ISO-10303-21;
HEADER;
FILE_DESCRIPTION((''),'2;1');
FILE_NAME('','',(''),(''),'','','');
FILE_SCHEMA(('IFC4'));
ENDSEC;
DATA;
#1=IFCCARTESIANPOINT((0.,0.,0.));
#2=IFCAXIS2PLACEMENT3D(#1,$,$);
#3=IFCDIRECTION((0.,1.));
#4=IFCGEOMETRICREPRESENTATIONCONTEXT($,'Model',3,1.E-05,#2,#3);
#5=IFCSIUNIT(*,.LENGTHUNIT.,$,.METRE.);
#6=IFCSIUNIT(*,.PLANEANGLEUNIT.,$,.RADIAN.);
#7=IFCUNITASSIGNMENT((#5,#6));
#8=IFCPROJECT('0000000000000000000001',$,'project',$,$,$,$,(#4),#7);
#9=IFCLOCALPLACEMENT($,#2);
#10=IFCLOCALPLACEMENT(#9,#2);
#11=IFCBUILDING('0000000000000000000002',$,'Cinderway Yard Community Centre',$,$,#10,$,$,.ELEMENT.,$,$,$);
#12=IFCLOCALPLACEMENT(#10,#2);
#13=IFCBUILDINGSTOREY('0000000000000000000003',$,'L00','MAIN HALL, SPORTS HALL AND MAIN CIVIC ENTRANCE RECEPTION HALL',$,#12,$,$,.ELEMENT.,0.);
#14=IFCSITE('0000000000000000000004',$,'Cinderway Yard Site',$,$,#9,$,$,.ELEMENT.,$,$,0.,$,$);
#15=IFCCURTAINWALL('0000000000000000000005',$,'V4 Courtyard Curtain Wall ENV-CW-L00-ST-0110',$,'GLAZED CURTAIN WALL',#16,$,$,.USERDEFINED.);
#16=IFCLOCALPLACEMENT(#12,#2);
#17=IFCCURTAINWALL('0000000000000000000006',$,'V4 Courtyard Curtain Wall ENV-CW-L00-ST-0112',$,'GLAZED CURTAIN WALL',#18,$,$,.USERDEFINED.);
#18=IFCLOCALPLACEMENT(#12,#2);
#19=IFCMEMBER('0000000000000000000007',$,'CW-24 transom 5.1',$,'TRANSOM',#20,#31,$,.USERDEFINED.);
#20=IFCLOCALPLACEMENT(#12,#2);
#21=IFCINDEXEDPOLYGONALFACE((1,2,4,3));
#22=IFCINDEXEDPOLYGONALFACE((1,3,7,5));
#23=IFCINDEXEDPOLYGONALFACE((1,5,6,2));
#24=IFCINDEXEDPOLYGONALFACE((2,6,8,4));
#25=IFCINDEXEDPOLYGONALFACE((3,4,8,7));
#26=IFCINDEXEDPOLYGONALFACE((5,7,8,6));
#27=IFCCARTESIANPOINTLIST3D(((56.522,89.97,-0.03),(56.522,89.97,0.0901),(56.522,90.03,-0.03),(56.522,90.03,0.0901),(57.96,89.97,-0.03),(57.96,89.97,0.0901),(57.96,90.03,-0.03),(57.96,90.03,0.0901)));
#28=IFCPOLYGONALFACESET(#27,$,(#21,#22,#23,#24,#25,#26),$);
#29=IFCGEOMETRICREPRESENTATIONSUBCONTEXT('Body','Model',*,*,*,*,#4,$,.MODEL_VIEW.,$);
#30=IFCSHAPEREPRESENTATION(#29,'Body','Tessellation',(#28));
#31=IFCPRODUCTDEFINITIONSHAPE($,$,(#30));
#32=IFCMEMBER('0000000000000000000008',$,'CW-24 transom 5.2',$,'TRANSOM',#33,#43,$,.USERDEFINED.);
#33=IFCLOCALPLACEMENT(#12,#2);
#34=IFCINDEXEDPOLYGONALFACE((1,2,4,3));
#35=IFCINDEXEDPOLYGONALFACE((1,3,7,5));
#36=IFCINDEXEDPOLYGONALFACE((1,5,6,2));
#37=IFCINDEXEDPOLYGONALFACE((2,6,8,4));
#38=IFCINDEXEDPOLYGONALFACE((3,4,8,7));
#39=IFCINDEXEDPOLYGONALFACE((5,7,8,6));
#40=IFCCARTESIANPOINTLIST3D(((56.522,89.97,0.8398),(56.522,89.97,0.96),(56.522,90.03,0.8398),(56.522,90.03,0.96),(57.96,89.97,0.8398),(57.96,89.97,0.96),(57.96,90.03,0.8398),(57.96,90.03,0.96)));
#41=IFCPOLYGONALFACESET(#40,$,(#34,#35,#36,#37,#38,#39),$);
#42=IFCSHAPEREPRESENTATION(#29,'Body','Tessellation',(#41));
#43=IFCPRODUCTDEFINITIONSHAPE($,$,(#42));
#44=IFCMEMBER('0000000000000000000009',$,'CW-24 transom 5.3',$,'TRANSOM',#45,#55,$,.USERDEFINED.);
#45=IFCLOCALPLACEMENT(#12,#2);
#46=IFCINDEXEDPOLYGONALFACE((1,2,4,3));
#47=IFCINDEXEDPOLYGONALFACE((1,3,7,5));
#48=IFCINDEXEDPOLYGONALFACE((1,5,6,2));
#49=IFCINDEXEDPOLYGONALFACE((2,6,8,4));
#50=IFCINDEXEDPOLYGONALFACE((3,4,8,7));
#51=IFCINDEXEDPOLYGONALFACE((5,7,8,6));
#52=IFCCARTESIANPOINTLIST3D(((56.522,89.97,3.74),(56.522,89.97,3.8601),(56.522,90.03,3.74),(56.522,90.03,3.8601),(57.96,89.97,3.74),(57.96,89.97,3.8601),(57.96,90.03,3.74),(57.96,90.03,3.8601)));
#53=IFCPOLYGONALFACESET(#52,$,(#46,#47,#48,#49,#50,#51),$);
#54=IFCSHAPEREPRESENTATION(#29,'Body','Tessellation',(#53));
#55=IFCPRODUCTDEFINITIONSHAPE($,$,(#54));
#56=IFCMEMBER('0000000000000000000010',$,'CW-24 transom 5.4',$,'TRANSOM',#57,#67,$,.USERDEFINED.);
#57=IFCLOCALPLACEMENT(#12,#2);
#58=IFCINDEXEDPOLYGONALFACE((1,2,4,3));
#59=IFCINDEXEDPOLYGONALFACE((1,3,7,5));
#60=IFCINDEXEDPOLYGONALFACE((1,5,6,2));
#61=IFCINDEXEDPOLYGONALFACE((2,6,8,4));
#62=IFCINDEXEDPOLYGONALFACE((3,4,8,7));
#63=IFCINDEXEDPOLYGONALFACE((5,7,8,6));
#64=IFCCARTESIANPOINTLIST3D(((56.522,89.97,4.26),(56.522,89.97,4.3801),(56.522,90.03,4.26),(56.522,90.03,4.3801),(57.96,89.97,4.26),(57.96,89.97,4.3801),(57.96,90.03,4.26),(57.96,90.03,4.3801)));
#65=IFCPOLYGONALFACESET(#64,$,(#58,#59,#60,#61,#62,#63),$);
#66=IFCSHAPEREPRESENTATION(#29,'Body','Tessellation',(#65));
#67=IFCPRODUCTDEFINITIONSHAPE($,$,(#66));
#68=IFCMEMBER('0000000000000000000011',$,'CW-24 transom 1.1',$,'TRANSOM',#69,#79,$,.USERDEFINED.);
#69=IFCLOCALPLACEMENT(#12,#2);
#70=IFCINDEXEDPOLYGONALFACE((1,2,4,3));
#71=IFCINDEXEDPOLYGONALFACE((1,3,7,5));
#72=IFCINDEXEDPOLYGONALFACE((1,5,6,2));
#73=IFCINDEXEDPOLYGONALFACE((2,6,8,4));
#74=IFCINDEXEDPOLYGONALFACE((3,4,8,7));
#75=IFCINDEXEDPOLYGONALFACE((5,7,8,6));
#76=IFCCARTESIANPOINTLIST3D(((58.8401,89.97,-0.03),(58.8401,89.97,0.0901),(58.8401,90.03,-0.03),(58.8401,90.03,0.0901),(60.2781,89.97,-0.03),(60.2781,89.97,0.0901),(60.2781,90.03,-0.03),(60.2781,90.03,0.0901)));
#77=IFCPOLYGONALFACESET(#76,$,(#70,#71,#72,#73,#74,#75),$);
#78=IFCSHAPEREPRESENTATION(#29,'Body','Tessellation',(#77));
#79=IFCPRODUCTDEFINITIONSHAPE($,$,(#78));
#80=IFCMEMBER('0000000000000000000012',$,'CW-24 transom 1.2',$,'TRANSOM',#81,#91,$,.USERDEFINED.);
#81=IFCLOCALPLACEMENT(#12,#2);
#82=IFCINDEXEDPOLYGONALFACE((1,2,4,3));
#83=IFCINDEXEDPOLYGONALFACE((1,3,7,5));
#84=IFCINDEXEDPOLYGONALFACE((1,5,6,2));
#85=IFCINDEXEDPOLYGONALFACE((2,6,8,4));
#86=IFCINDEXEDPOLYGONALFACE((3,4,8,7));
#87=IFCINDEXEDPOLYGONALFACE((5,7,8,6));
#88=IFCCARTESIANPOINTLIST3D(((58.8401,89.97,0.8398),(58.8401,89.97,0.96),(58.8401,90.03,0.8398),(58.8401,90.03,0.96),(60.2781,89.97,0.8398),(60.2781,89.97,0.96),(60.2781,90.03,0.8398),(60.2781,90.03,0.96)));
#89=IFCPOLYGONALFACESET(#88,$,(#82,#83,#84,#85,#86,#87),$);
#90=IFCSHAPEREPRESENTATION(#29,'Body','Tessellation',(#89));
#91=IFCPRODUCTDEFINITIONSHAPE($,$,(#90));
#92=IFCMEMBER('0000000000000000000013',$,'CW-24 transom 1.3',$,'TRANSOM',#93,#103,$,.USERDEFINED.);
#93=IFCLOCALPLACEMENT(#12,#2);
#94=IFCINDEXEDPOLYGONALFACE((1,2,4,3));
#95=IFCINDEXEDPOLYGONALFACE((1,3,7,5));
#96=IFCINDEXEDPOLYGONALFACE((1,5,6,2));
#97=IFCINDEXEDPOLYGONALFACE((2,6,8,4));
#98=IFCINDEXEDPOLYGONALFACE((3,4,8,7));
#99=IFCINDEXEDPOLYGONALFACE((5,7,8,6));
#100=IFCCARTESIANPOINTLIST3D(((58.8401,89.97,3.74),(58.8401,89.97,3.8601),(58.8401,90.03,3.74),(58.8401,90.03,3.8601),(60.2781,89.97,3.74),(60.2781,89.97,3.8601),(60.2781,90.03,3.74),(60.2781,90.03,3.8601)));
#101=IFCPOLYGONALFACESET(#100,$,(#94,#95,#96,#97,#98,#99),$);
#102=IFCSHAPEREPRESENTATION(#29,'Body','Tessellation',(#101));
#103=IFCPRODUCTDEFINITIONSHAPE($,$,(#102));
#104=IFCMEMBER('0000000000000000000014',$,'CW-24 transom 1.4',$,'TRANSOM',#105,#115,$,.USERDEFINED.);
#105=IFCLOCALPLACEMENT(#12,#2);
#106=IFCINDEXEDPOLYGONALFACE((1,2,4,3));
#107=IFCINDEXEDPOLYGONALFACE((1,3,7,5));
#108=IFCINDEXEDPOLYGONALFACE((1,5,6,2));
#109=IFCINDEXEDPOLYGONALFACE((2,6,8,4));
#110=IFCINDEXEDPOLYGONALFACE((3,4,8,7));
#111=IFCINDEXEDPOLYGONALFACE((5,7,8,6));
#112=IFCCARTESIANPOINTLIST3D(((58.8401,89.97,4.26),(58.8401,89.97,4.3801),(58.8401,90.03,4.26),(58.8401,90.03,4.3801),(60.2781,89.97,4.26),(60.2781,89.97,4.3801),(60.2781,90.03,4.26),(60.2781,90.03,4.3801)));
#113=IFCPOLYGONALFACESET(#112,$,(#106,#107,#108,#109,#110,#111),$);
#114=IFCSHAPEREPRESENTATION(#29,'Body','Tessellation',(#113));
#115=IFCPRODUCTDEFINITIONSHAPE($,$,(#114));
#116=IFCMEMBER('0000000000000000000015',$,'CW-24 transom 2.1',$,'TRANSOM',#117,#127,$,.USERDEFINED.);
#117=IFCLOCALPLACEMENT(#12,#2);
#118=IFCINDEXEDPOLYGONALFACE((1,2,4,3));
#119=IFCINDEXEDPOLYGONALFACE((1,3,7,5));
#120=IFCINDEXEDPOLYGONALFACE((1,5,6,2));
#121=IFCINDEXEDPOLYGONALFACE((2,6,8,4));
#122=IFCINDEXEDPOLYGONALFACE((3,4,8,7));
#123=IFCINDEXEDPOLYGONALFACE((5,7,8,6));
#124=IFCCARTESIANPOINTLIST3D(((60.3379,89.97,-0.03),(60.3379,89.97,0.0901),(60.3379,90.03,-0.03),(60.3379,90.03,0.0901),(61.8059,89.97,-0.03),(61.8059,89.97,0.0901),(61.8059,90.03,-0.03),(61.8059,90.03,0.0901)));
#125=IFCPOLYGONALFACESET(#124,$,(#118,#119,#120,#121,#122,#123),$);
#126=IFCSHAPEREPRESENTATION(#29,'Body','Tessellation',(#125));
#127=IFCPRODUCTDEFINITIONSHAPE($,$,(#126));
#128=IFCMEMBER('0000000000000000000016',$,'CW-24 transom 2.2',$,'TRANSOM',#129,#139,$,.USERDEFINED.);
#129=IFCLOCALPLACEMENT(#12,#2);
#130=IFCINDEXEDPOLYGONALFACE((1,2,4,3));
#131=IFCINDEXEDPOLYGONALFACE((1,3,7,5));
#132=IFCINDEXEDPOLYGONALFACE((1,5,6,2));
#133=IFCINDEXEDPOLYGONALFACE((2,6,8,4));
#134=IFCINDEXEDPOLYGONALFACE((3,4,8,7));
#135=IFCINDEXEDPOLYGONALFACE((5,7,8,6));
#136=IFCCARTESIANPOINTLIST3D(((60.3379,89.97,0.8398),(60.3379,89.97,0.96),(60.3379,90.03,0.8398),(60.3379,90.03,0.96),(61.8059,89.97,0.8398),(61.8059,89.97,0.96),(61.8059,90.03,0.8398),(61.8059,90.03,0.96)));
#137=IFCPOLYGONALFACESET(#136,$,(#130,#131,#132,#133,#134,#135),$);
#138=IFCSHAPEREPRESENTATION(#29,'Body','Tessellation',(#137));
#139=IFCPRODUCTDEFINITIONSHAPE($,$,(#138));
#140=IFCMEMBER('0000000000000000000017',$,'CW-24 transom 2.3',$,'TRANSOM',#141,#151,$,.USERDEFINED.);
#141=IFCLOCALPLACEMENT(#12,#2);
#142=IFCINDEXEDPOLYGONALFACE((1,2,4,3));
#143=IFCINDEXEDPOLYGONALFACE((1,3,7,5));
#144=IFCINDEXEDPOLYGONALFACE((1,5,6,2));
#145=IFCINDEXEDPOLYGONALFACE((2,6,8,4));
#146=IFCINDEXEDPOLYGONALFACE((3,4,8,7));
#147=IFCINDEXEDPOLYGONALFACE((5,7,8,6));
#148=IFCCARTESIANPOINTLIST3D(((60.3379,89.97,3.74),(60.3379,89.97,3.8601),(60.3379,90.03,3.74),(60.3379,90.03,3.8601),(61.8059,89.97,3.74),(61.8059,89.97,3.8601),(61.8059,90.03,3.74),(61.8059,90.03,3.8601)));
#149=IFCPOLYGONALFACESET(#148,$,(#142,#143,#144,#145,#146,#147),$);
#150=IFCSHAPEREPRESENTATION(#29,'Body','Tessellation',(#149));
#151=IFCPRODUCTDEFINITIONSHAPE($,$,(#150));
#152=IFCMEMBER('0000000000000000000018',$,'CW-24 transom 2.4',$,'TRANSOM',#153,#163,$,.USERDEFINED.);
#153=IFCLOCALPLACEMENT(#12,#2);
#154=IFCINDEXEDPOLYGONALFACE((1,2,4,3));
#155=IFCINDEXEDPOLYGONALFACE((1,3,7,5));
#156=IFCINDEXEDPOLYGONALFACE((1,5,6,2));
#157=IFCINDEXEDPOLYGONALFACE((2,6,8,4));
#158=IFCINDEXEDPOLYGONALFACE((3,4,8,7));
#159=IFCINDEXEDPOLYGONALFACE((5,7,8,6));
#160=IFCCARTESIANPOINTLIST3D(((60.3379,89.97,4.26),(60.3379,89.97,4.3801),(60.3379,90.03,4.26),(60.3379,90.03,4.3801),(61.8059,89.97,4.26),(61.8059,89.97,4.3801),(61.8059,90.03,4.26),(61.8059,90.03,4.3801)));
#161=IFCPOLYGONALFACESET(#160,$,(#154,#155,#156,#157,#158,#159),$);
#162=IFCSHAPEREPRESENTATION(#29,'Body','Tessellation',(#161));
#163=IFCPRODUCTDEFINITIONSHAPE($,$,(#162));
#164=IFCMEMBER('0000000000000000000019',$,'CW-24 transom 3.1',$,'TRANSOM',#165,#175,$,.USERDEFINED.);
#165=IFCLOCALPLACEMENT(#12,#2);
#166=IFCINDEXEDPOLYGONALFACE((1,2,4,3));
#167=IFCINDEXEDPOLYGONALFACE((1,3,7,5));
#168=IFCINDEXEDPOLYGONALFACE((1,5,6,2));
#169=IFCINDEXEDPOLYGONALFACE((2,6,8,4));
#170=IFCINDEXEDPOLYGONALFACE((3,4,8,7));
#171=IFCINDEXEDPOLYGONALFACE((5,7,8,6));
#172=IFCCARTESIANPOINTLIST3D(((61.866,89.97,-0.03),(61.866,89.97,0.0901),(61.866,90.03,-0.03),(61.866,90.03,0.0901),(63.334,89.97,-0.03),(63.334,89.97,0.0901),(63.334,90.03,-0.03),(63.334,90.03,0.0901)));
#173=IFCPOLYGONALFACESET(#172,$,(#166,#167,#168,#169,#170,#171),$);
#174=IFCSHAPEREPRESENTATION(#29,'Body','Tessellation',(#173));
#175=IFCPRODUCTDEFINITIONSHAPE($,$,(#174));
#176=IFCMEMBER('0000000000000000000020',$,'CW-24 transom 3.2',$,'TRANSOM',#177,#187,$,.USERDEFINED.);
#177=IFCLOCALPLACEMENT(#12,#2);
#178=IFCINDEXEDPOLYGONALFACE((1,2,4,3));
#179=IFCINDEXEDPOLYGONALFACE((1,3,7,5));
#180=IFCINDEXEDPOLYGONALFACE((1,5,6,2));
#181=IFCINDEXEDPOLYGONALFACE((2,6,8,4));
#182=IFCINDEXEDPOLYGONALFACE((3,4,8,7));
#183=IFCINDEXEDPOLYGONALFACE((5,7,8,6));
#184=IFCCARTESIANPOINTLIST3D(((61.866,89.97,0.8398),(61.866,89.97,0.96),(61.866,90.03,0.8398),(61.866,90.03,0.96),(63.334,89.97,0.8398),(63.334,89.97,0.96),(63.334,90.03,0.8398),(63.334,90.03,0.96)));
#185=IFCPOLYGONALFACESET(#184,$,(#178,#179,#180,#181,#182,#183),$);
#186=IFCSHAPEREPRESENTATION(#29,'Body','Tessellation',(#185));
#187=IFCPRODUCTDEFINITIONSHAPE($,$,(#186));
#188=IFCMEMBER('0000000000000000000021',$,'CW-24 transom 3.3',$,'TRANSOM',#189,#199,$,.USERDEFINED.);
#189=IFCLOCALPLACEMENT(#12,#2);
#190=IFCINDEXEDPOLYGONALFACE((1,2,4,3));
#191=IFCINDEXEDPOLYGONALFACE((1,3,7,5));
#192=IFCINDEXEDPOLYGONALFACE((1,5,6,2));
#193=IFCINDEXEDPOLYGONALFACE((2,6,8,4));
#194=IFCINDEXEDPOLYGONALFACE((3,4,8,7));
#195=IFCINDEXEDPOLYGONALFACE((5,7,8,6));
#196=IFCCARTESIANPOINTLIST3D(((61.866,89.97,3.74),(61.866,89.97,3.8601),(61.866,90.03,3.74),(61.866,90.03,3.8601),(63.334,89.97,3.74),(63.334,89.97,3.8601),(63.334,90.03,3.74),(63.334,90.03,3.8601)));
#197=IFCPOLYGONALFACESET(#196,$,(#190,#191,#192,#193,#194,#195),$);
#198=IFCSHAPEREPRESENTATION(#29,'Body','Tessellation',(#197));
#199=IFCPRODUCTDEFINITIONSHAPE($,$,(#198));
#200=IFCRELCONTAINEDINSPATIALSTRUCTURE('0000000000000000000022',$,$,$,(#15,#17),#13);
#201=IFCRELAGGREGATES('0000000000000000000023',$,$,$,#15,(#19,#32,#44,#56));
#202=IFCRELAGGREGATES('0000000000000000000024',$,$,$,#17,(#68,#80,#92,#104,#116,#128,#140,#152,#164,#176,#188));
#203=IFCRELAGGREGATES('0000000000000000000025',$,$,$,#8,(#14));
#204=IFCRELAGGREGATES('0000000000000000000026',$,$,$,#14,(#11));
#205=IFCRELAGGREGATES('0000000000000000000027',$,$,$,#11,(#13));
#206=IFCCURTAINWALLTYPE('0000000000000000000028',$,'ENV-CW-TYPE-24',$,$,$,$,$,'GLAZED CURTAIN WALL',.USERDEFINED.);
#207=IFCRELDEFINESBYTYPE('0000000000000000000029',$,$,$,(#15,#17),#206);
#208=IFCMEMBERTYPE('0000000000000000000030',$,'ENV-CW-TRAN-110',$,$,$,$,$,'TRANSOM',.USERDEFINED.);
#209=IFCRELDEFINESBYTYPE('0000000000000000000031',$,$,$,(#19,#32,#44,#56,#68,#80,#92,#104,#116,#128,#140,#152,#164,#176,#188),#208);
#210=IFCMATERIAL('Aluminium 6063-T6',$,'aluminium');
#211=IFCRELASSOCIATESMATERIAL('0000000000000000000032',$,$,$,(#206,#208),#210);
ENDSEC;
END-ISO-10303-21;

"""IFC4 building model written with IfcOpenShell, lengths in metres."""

from ifc_helpers import new_model, si_unit, direction, frame, origin, origin_2d, place, context, subcontext, project, spatial, rectangle, extrude, material, material_profile, profile_set, type_object, element, aggregate, save


model = new_model("IFC4")

# Units and contexts
model_context = context("Model", 3, precision=1e-05, world=origin(), true_north=direction((0.0, 1.0)))
body_context = subcontext(model_context, "Body", "Model", "MODEL_VIEW")
ifc_project = project(units=[si_unit("LENGTHUNIT", "METRE"), si_unit("PLANEANGLEUNIT", "RADIAN")], contexts=[model_context])

# Site, building, storey
site_placement = place(None, origin())
site = spatial("IfcSite", under=ifc_project, at=site_placement, Name="Cinderway Yard Site", CompositionType="ELEMENT", RefElevation=0.0)
building_placement = place(site_placement, origin())
building = spatial("IfcBuilding", under=site, at=building_placement, Name="Cinderway Yard Community Centre", CompositionType="ELEMENT")
storey_placement = place(building_placement, origin())
storey = spatial("IfcBuildingStorey", under=building, at=storey_placement, Name="L00", Description="MAIN HALL, SPORTS HALL AND MAIN CIVIC ENTRANCE RECEPTION HALL", CompositionType="ELEMENT", Elevation=0.0)

# Curtain walls
ifc_material_1 = material(Name="Aluminium 6063-T6", Category="aluminium")
curtain_wall_type = type_object("IfcCurtainWallType", Name="ENV-CW-TYPE-24", ElementType="GLAZED CURTAIN WALL", PredefinedType="USERDEFINED", material=ifc_material_1)
curtain_wall_1_placement = place(storey_placement, origin())
curtain_wall_1 = element("IfcCurtainWall", 1, at=curtain_wall_1_placement, inside=storey, type_object=curtain_wall_type, Name="V4 Courtyard Curtain Wall ENV-CW-L00-ST-0110", ObjectType="GLAZED CURTAIN WALL", PredefinedType="USERDEFINED")
curtain_wall_2_placement = place(storey_placement, origin())
curtain_wall_2 = element("IfcCurtainWall", 2, at=curtain_wall_2_placement, inside=storey, type_object=curtain_wall_type, Name="V4 Courtyard Curtain Wall ENV-CW-L00-ST-0112", ObjectType="GLAZED CURTAIN WALL", PredefinedType="USERDEFINED")

# Members
ifc_material_profile_1 = material_profile(ifc_material_1, rectangle(XDim=0.0601, YDim=0.1201, at=origin_2d()), Name="Aluminium 6063-T6")
ifc_profile_set_1 = profile_set([ifc_material_profile_1], Name="Aluminium 6063-T6")
member_type_1 = type_object("IfcMemberType", Name="ENV-CW-TRAN-110", ElementType="TRANSOM", PredefinedType="USERDEFINED", material=ifc_profile_set_1)
member_1_placement = place(storey_placement, frame((56.522, 90.0, 0.03), z_axis=(1.0, 0.0, 0.0), x_axis=(0.0, 1.0, 0.0)))
member_1 = element("IfcMember", 3, at=member_1_placement, type_object=member_type_1, Name="CW-24 transom 5.1", ObjectType="TRANSOM", PredefinedType="USERDEFINED", context=body_context, shape_type="SweptSolid", body=[
    extrude(rectangle(XDim=0.0601, YDim=0.1201, at=origin_2d()), origin(), (0.0, 0.0, 1.0), 1.438),
])
member_2_placement = place(storey_placement, frame((56.522, 90.0, 0.8999), z_axis=(1.0, 0.0, 0.0), x_axis=(0.0, 1.0, 0.0)))
member_2 = element("IfcMember", 4, at=member_2_placement, type_object=member_type_1, Name="CW-24 transom 5.2", ObjectType="TRANSOM", PredefinedType="USERDEFINED", context=body_context, shape_type="SweptSolid", body=[
    extrude(rectangle(XDim=0.0601, YDim=0.1201, at=origin_2d()), origin(), (0.0, 0.0, 1.0), 1.438),
])
member_3_placement = place(storey_placement, frame((56.522, 90.0, 3.8), z_axis=(1.0, 0.0, 0.0), x_axis=(0.0, 1.0, 0.0)))
member_3 = element("IfcMember", 5, at=member_3_placement, type_object=member_type_1, Name="CW-24 transom 5.3", ObjectType="TRANSOM", PredefinedType="USERDEFINED", context=body_context, shape_type="SweptSolid", body=[
    extrude(rectangle(XDim=0.0601, YDim=0.1201, at=origin_2d()), origin(), (0.0, 0.0, 1.0), 1.438),
])
member_4_placement = place(storey_placement, frame((56.522, 90.0, 4.3201), z_axis=(1.0, 0.0, 0.0), x_axis=(0.0, 1.0, 0.0)))
member_4 = element("IfcMember", 6, at=member_4_placement, type_object=member_type_1, Name="CW-24 transom 5.4", ObjectType="TRANSOM", PredefinedType="USERDEFINED", context=body_context, shape_type="SweptSolid", body=[
    extrude(rectangle(XDim=0.0601, YDim=0.1201, at=origin_2d()), origin(), (0.0, 0.0, 1.0), 1.438),
])
member_5_placement = place(storey_placement, frame((58.8401, 90.0, 0.03), z_axis=(1.0, 0.0, 0.0), x_axis=(0.0, 1.0, 0.0)))
member_5 = element("IfcMember", 7, at=member_5_placement, type_object=member_type_1, Name="CW-24 transom 1.1", ObjectType="TRANSOM", PredefinedType="USERDEFINED", context=body_context, shape_type="SweptSolid", body=[
    extrude(rectangle(XDim=0.0601, YDim=0.1201, at=origin_2d()), origin(), (0.0, 0.0, 1.0), 1.438),
])
member_6_placement = place(storey_placement, frame((58.8401, 90.0, 0.8999), z_axis=(1.0, 0.0, 0.0), x_axis=(0.0, 1.0, 0.0)))
member_6 = element("IfcMember", 8, at=member_6_placement, type_object=member_type_1, Name="CW-24 transom 1.2", ObjectType="TRANSOM", PredefinedType="USERDEFINED", context=body_context, shape_type="SweptSolid", body=[
    extrude(rectangle(XDim=0.0601, YDim=0.1201, at=origin_2d()), origin(), (0.0, 0.0, 1.0), 1.438),
])
member_7_placement = place(storey_placement, frame((58.8401, 90.0, 3.8), z_axis=(1.0, 0.0, 0.0), x_axis=(0.0, 1.0, 0.0)))
member_7 = element("IfcMember", 9, at=member_7_placement, type_object=member_type_1, Name="CW-24 transom 1.3", ObjectType="TRANSOM", PredefinedType="USERDEFINED", context=body_context, shape_type="SweptSolid", body=[
    extrude(rectangle(XDim=0.0601, YDim=0.1201, at=origin_2d()), origin(), (0.0, 0.0, 1.0), 1.438),
])
member_8_placement = place(storey_placement, frame((58.8401, 90.0, 4.3201), z_axis=(1.0, 0.0, 0.0), x_axis=(0.0, 1.0, 0.0)))
member_8 = element("IfcMember", 10, at=member_8_placement, type_object=member_type_1, Name="CW-24 transom 1.4", ObjectType="TRANSOM", PredefinedType="USERDEFINED", context=body_context, shape_type="SweptSolid", body=[
    extrude(rectangle(XDim=0.0601, YDim=0.1201, at=origin_2d()), origin(), (0.0, 0.0, 1.0), 1.438),
])
member_9_placement = place(storey_placement, frame((60.3379, 90.0, 0.03), z_axis=(1.0, 0.0, 0.0), x_axis=(0.0, 1.0, 0.0)))
member_9 = element("IfcMember", 11, at=member_9_placement, type_object=member_type_1, Name="CW-24 transom 2.1", ObjectType="TRANSOM", PredefinedType="USERDEFINED", context=body_context, shape_type="SweptSolid", body=[
    extrude(rectangle(XDim=0.0601, YDim=0.1201, at=origin_2d()), origin(), (0.0, 0.0, 1.0), 1.468),
])
member_10_placement = place(storey_placement, frame((60.3379, 90.0, 0.8999), z_axis=(1.0, 0.0, 0.0), x_axis=(0.0, 1.0, 0.0)))
member_10 = element("IfcMember", 12, at=member_10_placement, type_object=member_type_1, Name="CW-24 transom 2.2", ObjectType="TRANSOM", PredefinedType="USERDEFINED", context=body_context, shape_type="SweptSolid", body=[
    extrude(rectangle(XDim=0.0601, YDim=0.1201, at=origin_2d()), origin(), (0.0, 0.0, 1.0), 1.468),
])
member_11_placement = place(storey_placement, frame((60.3379, 90.0, 3.8), z_axis=(1.0, 0.0, 0.0), x_axis=(0.0, 1.0, 0.0)))
member_11 = element("IfcMember", 13, at=member_11_placement, type_object=member_type_1, Name="CW-24 transom 2.3", ObjectType="TRANSOM", PredefinedType="USERDEFINED", context=body_context, shape_type="SweptSolid", body=[
    extrude(rectangle(XDim=0.0601, YDim=0.1201, at=origin_2d()), origin(), (0.0, 0.0, 1.0), 1.468),
])
member_12_placement = place(storey_placement, frame((60.3379, 90.0, 4.3201), z_axis=(1.0, 0.0, 0.0), x_axis=(0.0, 1.0, 0.0)))
member_12 = element("IfcMember", 14, at=member_12_placement, type_object=member_type_1, Name="CW-24 transom 2.4", ObjectType="TRANSOM", PredefinedType="USERDEFINED", context=body_context, shape_type="SweptSolid", body=[
    extrude(rectangle(XDim=0.0601, YDim=0.1201, at=origin_2d()), origin(), (0.0, 0.0, 1.0), 1.468),
])
member_13_placement = place(storey_placement, frame((61.866, 90.0, 0.03), z_axis=(1.0, 0.0, 0.0), x_axis=(0.0, 1.0, 0.0)))
member_13 = element("IfcMember", 15, at=member_13_placement, type_object=member_type_1, Name="CW-24 transom 3.1", ObjectType="TRANSOM", PredefinedType="USERDEFINED", context=body_context, shape_type="SweptSolid", body=[
    extrude(rectangle(XDim=0.0601, YDim=0.1201, at=origin_2d()), origin(), (0.0, 0.0, 1.0), 1.468),
])
member_14_placement = place(storey_placement, frame((61.866, 90.0, 0.8999), z_axis=(1.0, 0.0, 0.0), x_axis=(0.0, 1.0, 0.0)))
member_14 = element("IfcMember", 16, at=member_14_placement, type_object=member_type_1, Name="CW-24 transom 3.2", ObjectType="TRANSOM", PredefinedType="USERDEFINED", context=body_context, shape_type="SweptSolid", body=[
    extrude(rectangle(XDim=0.0601, YDim=0.1201, at=origin_2d()), origin(), (0.0, 0.0, 1.0), 1.468),
])
member_15_placement = place(storey_placement, frame((61.866, 90.0, 3.8), z_axis=(1.0, 0.0, 0.0), x_axis=(0.0, 1.0, 0.0)))
member_15 = element("IfcMember", 17, at=member_15_placement, type_object=member_type_1, Name="CW-24 transom 3.3", ObjectType="TRANSOM", PredefinedType="USERDEFINED", context=body_context, shape_type="SweptSolid", body=[
    extrude(rectangle(XDim=0.0601, YDim=0.1201, at=origin_2d()), origin(), (0.0, 0.0, 1.0), 1.468),
])

aggregate(curtain_wall_1, [member_1, member_2, member_3, member_4])
aggregate(curtain_wall_2, [member_5, member_6, member_7, member_8, member_9, member_10, member_11, member_12, member_13, member_14, member_15])

save(model, "model.ifc")
